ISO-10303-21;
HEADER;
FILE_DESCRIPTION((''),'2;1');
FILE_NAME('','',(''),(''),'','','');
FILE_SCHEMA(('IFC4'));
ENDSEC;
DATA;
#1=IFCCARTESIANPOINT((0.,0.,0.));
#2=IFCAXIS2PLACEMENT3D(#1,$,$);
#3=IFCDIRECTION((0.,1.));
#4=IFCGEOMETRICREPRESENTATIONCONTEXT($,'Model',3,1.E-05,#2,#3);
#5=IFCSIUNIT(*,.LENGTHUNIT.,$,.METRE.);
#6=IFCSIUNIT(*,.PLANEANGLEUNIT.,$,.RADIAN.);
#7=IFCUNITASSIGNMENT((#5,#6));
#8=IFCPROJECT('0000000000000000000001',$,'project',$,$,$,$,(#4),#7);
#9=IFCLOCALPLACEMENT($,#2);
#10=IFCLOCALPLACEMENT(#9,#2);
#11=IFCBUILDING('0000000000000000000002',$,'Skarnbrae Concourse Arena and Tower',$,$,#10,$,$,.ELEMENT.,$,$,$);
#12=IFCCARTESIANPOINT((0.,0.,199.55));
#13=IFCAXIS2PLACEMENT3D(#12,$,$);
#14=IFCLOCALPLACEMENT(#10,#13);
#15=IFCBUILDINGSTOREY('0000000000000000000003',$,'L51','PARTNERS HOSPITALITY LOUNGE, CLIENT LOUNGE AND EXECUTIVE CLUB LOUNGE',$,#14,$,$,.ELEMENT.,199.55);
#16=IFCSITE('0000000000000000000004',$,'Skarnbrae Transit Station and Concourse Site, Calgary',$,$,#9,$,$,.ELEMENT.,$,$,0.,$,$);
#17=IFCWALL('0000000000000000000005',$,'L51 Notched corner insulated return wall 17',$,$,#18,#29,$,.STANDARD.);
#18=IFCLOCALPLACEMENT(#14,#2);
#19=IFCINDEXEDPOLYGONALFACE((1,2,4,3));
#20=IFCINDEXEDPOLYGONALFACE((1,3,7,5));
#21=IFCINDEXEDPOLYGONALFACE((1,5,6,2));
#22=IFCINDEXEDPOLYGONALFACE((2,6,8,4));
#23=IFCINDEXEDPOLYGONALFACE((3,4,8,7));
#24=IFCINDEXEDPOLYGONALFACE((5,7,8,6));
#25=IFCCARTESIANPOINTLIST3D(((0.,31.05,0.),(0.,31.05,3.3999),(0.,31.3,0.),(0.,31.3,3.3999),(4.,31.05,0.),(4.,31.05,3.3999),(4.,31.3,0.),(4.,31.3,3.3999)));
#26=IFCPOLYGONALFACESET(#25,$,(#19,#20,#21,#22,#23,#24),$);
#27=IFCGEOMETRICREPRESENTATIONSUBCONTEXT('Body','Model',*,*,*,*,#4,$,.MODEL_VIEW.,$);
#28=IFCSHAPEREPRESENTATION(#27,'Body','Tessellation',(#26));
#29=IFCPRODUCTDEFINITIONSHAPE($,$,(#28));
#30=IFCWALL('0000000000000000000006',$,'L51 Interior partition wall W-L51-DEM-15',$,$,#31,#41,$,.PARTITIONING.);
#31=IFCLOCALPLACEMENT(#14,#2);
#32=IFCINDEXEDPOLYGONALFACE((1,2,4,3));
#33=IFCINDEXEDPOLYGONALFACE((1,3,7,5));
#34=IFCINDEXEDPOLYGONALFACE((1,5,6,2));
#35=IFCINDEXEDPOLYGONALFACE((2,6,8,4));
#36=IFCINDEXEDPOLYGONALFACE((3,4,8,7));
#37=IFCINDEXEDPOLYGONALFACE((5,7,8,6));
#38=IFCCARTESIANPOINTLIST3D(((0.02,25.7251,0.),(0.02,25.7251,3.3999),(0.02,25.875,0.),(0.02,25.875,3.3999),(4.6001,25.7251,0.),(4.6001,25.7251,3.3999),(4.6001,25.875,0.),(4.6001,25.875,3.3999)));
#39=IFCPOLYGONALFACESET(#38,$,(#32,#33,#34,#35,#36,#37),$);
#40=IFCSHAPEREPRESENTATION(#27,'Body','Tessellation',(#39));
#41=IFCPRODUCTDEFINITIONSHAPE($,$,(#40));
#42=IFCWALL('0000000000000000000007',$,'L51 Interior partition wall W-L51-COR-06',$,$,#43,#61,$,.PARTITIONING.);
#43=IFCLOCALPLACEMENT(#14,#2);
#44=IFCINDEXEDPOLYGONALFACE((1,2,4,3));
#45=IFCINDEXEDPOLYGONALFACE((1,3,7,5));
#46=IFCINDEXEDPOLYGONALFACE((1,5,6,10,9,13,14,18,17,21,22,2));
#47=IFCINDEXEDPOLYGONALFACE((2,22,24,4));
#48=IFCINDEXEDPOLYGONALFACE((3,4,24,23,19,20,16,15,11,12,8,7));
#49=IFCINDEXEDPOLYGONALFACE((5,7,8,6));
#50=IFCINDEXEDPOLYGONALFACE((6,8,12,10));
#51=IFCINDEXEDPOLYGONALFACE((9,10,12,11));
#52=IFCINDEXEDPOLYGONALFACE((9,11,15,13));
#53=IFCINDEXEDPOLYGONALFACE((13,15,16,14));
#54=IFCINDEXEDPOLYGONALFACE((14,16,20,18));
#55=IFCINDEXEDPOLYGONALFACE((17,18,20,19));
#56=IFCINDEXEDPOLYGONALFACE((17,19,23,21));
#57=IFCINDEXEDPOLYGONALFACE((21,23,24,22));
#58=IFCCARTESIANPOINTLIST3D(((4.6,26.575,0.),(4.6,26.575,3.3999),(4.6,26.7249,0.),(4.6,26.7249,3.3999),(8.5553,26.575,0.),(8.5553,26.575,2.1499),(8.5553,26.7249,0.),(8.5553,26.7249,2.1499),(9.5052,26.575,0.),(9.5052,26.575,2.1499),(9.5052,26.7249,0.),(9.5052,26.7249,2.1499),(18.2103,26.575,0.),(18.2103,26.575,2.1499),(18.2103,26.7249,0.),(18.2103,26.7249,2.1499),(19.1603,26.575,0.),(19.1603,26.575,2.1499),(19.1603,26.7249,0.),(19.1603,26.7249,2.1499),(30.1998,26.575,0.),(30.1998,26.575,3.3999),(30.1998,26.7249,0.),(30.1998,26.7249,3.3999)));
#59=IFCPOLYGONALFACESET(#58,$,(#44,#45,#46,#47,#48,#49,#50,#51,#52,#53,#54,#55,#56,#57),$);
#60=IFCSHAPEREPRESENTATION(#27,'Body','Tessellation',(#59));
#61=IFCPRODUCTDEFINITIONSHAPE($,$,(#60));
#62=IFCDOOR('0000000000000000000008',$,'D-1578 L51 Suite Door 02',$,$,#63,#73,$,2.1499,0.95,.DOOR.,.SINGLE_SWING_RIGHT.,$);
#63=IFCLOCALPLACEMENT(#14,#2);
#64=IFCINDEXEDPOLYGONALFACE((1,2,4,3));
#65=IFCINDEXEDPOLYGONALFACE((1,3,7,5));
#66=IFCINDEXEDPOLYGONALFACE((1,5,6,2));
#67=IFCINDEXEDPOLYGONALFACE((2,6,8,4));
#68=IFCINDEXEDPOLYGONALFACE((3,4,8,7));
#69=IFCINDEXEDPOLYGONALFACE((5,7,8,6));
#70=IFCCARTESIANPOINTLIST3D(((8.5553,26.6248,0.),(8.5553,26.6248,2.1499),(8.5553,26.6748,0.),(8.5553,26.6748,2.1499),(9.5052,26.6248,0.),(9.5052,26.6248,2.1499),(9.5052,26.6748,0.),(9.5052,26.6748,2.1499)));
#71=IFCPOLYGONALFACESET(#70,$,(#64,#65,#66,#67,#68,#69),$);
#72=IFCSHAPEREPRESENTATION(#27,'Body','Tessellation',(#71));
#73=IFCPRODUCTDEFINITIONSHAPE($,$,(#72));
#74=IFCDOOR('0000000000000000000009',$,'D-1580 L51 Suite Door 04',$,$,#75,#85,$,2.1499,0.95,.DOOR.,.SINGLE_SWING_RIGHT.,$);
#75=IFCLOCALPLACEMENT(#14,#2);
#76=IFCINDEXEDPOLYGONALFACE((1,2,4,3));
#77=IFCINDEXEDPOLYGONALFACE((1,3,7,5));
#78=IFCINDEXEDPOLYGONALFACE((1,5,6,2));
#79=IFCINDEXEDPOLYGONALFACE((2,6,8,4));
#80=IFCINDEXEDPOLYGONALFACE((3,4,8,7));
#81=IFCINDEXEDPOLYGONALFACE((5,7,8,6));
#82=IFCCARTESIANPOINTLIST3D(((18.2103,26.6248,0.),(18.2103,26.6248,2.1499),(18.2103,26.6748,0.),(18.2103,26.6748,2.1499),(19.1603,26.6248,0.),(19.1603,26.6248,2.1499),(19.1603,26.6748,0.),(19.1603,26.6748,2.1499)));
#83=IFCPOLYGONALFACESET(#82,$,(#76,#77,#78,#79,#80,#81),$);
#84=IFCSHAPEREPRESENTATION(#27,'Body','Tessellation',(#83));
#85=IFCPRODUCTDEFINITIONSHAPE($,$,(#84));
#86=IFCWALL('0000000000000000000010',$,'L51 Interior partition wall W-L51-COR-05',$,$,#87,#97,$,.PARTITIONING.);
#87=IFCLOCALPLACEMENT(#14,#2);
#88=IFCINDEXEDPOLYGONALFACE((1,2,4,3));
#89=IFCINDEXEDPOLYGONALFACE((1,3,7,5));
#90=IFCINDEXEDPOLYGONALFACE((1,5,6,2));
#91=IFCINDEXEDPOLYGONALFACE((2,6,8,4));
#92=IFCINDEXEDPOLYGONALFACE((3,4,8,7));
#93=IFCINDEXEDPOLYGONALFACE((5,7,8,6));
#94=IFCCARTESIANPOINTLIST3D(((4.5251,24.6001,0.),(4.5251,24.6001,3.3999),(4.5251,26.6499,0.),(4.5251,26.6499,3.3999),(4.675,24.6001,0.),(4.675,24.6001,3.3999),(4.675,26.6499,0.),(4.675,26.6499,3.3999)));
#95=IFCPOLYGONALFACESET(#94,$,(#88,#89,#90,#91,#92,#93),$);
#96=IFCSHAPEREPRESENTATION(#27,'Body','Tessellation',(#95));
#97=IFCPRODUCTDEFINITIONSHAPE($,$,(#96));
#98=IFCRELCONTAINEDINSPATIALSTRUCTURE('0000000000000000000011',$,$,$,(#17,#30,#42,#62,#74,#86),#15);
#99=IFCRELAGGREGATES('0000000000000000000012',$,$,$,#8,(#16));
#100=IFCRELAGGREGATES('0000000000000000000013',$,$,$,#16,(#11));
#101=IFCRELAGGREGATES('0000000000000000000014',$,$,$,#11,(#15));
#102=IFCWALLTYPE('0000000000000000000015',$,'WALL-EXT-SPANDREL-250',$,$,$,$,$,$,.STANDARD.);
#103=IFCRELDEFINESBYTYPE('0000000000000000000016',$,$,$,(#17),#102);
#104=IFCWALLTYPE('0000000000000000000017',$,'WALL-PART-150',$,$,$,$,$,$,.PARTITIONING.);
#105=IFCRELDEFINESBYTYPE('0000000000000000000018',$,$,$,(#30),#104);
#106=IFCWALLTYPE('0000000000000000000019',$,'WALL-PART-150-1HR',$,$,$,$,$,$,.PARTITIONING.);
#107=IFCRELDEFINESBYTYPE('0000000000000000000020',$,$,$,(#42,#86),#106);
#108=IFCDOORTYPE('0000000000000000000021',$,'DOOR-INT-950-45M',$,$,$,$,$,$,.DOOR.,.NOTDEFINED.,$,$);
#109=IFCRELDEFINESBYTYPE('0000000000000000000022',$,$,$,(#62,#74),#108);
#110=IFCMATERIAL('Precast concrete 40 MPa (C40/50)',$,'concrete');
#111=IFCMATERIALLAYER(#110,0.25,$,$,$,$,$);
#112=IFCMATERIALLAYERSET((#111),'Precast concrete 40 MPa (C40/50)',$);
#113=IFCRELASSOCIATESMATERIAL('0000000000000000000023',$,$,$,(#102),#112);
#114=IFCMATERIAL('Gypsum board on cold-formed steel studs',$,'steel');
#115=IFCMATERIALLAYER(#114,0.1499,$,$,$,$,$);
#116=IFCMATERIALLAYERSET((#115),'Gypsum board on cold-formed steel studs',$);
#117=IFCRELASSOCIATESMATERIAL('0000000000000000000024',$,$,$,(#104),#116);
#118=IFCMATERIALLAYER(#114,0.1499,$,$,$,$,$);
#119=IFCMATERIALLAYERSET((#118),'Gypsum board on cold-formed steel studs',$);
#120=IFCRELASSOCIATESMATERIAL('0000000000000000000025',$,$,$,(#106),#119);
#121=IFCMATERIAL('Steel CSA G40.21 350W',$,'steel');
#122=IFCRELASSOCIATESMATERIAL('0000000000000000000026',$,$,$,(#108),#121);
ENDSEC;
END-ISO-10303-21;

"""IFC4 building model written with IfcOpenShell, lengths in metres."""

from ifc_helpers import new_model, si_unit, direction, frame, frame_2d, origin, place, context, subcontext, project, spatial, rectangle, extrude, source, transform, mapped, material, layer, layer_set, type_object, element, fill, save


model = new_model("IFC4")

# Units and contexts
model_context = context("Model", 3, precision=1e-05, world=origin(), true_north=direction((0.0, 1.0)))
body_context = subcontext(model_context, "Body", "Model", "MODEL_VIEW")
ifc_project = project(units=[si_unit("LENGTHUNIT", "METRE"), si_unit("PLANEANGLEUNIT", "RADIAN")], contexts=[model_context])

# Site, building, storey
site_placement = place(None, origin())
site = spatial("IfcSite", under=ifc_project, at=site_placement, Name="Skarnbrae Transit Station and Concourse Site, Calgary", CompositionType="ELEMENT", RefElevation=0.0)
building_placement = place(site_placement, origin())
building = spatial("IfcBuilding", under=site, at=building_placement, Name="Skarnbrae Concourse Arena and Tower", CompositionType="ELEMENT")
storey_placement = place(building_placement, frame((0.0, 0.0, 199.55)))
storey = spatial("IfcBuildingStorey", under=building, at=storey_placement, Name="L51", Description="PARTNERS HOSPITALITY LOUNGE, CLIENT LOUNGE AND EXECUTIVE CLUB LOUNGE", CompositionType="ELEMENT", Elevation=199.55)

# Shared definitions
ifc_material_1 = material(Name="Steel CSA G40.21 350W", Category="steel")

# Walls
ifc_material_2 = material(Name="Precast concrete 40 MPa (C40/50)", Category="concrete")
ifc_layer_1 = layer(ifc_material_2, 0.25)
ifc_layer_set_1 = layer_set([ifc_layer_1], Name="Precast concrete 40 MPa (C40/50)")
wall_type_1 = type_object("IfcWallType", Name="WALL-EXT-SPANDREL-250", PredefinedType="STANDARD", material=ifc_layer_set_1)
shared_shape_1 = source(origin(), body_context, "Body", "SweptSolid", [
    extrude(rectangle(XDim=4.0, YDim=0.25, at=frame_2d((2.0, 0.0))), origin(), (0.0, 0.0, 1.0), 3.3999),
])
for number, where, z_axis, x_axis, name in (
    (1, (4.0, 31.175, 0.0), (0.0, 0.0, 1.0), (-1.0, 0.0, 0.0), "L51 Notched corner insulated return wall 17"),
):
    element("IfcWall", number, at=place(storey_placement, frame(where, z_axis=z_axis, x_axis=x_axis)), inside=storey, type_object=wall_type_1, Name=name, PredefinedType="STANDARD", context=body_context, shape_type="MappedRepresentation", body=[
        mapped(shared_shape_1, transform((0.0, 0.0, 0.0))),
    ])
ifc_material_3 = material(Name="Gypsum board on cold-formed steel studs", Category="steel")
ifc_layer_2 = layer(ifc_material_3, 0.1499)
ifc_layer_set_2 = layer_set([ifc_layer_2], Name="Gypsum board on cold-formed steel studs")
wall_type_2 = type_object("IfcWallType", Name="WALL-PART-150", PredefinedType="PARTITIONING", material=ifc_layer_set_2)
shared_shape_2 = source(origin(), body_context, "Body", "SweptSolid", [
    extrude(rectangle(XDim=4.5801, YDim=0.1499, at=frame_2d((2.29, 0.0))), origin(), (0.0, 0.0, 1.0), 3.3999),
])
wall_1_placement = place(storey_placement, frame((0.02, 25.8, 0.0), z_axis=(0.0, 0.0, 1.0), x_axis=(1.0, 0.0, 0.0)))
element("IfcWall", 2, at=wall_1_placement, inside=storey, type_object=wall_type_2, Name="L51 Interior partition wall W-L51-DEM-15", PredefinedType="PARTITIONING", context=body_context, shape_type="MappedRepresentation", body=[
    mapped(shared_shape_2, transform((0.0, 0.0, 0.0))),
])

# Wall, openings, doors
ifc_layer_3 = layer(ifc_material_3, 0.1499)
ifc_layer_set_3 = layer_set([ifc_layer_3], Name="Gypsum board on cold-formed steel studs")
wall_type_3 = type_object("IfcWallType", Name="WALL-PART-150-1HR", PredefinedType="PARTITIONING", material=ifc_layer_set_3)
shared_shape_3 = source(origin(), body_context, "Body", "SweptSolid", [
    extrude(rectangle(XDim=25.5999, YDim=0.1499, at=frame_2d((12.7998, 0.0))), origin(), (0.0, 0.0, 1.0), 3.3999),
])
wall_2_placement = place(storey_placement, frame((4.6001, 26.6499, 0.0), z_axis=(0.0, 0.0, 1.0), x_axis=(1.0, 0.0, 0.0)))
wall_2 = element("IfcWall", 3, at=wall_2_placement, inside=storey, type_object=wall_type_3, Name="L51 Interior partition wall W-L51-COR-06", PredefinedType="PARTITIONING", context=body_context, shape_type="MappedRepresentation", body=[
    mapped(shared_shape_3, transform((0.0, 0.0, 0.0))),
])
opening_1_placement = place(wall_2_placement, frame((3.9551, 0.0, 0.0)))
opening_1 = element("IfcOpeningElement", 4, at=opening_1_placement, cuts=wall_2, PredefinedType="OPENING", context=body_context, shape_type="SweptSolid", body=[
    extrude(rectangle(XDim=0.95, YDim=2.1499, at=frame_2d((0.4751, 1.075))), frame((0.0, 0.085, 0.0), z_axis=(0.0, -1.0, 0.0), x_axis=(1.0, 0.0, 0.0)), (0.0, 0.0, 1.0), 0.1699),
])
opening_2_placement = place(wall_2_placement, frame((13.6101, 0.0, 0.0)))
opening_2 = element("IfcOpeningElement", 5, at=opening_2_placement, cuts=wall_2, PredefinedType="OPENING", context=body_context, shape_type="SweptSolid", body=[
    extrude(rectangle(XDim=0.95, YDim=2.1499, at=frame_2d((0.4751, 1.075))), frame((0.0, 0.085, 0.0), z_axis=(0.0, -1.0, 0.0), x_axis=(1.0, 0.0, 0.0)), (0.0, 0.0, 1.0), 0.1699),
])
door_type = type_object("IfcDoorType", Name="DOOR-INT-950-45M", OperationType="NOTDEFINED", PredefinedType="DOOR", material=ifc_material_1)
shared_shape_4 = source(origin(), body_context, "Body", "SweptSolid", [
    extrude(rectangle(XDim=0.95, YDim=2.1499, at=frame_2d((0.4751, 1.075))), frame((0.0, 0.0249, 0.0), z_axis=(0.0, -1.0, 0.0), x_axis=(1.0, 0.0, 0.0)), (0.0, 0.0, 1.0), 0.05),
])
door_1_placement = place(opening_1_placement, origin())
door_1 = element("IfcDoor", 6, at=door_1_placement, inside=storey, type_object=door_type, Name="D-1578 L51 Suite Door 02", OperationType="SINGLE_SWING_RIGHT", OverallHeight=2.1499, OverallWidth=0.95, PredefinedType="DOOR", context=body_context, shape_type="MappedRepresentation", body=[
    mapped(shared_shape_4, transform((0.0, 0.0, 0.0))),
])
fill(opening_1, door_1)
door_2_placement = place(opening_2_placement, origin())
door_2 = element("IfcDoor", 7, at=door_2_placement, inside=storey, type_object=door_type, Name="D-1580 L51 Suite Door 04", OperationType="SINGLE_SWING_RIGHT", OverallHeight=2.1499, OverallWidth=0.95, PredefinedType="DOOR", context=body_context, shape_type="MappedRepresentation", body=[
    mapped(shared_shape_4, transform((0.0, 0.0, 0.0))),
])
fill(opening_2, door_2)

# Wall
shared_shape_5 = source(origin(), body_context, "Body", "SweptSolid", [
    extrude(rectangle(XDim=2.0498, YDim=0.1499, at=frame_2d((1.0249, 0.0))), origin(), (0.0, 0.0, 1.0), 3.3999),
])
wall_3_placement = place(storey_placement, frame((4.6001, 24.6001, 0.0), z_axis=(0.0, 0.0, 1.0), x_axis=(0.0, 1.0, 0.0)))
element("IfcWall", 8, at=wall_3_placement, inside=storey, type_object=wall_type_3, Name="L51 Interior partition wall W-L51-COR-05", PredefinedType="PARTITIONING", context=body_context, shape_type="MappedRepresentation", body=[
    mapped(shared_shape_5, transform((0.0, 0.0, 0.0))),
])

save(model, "model.ifc")
